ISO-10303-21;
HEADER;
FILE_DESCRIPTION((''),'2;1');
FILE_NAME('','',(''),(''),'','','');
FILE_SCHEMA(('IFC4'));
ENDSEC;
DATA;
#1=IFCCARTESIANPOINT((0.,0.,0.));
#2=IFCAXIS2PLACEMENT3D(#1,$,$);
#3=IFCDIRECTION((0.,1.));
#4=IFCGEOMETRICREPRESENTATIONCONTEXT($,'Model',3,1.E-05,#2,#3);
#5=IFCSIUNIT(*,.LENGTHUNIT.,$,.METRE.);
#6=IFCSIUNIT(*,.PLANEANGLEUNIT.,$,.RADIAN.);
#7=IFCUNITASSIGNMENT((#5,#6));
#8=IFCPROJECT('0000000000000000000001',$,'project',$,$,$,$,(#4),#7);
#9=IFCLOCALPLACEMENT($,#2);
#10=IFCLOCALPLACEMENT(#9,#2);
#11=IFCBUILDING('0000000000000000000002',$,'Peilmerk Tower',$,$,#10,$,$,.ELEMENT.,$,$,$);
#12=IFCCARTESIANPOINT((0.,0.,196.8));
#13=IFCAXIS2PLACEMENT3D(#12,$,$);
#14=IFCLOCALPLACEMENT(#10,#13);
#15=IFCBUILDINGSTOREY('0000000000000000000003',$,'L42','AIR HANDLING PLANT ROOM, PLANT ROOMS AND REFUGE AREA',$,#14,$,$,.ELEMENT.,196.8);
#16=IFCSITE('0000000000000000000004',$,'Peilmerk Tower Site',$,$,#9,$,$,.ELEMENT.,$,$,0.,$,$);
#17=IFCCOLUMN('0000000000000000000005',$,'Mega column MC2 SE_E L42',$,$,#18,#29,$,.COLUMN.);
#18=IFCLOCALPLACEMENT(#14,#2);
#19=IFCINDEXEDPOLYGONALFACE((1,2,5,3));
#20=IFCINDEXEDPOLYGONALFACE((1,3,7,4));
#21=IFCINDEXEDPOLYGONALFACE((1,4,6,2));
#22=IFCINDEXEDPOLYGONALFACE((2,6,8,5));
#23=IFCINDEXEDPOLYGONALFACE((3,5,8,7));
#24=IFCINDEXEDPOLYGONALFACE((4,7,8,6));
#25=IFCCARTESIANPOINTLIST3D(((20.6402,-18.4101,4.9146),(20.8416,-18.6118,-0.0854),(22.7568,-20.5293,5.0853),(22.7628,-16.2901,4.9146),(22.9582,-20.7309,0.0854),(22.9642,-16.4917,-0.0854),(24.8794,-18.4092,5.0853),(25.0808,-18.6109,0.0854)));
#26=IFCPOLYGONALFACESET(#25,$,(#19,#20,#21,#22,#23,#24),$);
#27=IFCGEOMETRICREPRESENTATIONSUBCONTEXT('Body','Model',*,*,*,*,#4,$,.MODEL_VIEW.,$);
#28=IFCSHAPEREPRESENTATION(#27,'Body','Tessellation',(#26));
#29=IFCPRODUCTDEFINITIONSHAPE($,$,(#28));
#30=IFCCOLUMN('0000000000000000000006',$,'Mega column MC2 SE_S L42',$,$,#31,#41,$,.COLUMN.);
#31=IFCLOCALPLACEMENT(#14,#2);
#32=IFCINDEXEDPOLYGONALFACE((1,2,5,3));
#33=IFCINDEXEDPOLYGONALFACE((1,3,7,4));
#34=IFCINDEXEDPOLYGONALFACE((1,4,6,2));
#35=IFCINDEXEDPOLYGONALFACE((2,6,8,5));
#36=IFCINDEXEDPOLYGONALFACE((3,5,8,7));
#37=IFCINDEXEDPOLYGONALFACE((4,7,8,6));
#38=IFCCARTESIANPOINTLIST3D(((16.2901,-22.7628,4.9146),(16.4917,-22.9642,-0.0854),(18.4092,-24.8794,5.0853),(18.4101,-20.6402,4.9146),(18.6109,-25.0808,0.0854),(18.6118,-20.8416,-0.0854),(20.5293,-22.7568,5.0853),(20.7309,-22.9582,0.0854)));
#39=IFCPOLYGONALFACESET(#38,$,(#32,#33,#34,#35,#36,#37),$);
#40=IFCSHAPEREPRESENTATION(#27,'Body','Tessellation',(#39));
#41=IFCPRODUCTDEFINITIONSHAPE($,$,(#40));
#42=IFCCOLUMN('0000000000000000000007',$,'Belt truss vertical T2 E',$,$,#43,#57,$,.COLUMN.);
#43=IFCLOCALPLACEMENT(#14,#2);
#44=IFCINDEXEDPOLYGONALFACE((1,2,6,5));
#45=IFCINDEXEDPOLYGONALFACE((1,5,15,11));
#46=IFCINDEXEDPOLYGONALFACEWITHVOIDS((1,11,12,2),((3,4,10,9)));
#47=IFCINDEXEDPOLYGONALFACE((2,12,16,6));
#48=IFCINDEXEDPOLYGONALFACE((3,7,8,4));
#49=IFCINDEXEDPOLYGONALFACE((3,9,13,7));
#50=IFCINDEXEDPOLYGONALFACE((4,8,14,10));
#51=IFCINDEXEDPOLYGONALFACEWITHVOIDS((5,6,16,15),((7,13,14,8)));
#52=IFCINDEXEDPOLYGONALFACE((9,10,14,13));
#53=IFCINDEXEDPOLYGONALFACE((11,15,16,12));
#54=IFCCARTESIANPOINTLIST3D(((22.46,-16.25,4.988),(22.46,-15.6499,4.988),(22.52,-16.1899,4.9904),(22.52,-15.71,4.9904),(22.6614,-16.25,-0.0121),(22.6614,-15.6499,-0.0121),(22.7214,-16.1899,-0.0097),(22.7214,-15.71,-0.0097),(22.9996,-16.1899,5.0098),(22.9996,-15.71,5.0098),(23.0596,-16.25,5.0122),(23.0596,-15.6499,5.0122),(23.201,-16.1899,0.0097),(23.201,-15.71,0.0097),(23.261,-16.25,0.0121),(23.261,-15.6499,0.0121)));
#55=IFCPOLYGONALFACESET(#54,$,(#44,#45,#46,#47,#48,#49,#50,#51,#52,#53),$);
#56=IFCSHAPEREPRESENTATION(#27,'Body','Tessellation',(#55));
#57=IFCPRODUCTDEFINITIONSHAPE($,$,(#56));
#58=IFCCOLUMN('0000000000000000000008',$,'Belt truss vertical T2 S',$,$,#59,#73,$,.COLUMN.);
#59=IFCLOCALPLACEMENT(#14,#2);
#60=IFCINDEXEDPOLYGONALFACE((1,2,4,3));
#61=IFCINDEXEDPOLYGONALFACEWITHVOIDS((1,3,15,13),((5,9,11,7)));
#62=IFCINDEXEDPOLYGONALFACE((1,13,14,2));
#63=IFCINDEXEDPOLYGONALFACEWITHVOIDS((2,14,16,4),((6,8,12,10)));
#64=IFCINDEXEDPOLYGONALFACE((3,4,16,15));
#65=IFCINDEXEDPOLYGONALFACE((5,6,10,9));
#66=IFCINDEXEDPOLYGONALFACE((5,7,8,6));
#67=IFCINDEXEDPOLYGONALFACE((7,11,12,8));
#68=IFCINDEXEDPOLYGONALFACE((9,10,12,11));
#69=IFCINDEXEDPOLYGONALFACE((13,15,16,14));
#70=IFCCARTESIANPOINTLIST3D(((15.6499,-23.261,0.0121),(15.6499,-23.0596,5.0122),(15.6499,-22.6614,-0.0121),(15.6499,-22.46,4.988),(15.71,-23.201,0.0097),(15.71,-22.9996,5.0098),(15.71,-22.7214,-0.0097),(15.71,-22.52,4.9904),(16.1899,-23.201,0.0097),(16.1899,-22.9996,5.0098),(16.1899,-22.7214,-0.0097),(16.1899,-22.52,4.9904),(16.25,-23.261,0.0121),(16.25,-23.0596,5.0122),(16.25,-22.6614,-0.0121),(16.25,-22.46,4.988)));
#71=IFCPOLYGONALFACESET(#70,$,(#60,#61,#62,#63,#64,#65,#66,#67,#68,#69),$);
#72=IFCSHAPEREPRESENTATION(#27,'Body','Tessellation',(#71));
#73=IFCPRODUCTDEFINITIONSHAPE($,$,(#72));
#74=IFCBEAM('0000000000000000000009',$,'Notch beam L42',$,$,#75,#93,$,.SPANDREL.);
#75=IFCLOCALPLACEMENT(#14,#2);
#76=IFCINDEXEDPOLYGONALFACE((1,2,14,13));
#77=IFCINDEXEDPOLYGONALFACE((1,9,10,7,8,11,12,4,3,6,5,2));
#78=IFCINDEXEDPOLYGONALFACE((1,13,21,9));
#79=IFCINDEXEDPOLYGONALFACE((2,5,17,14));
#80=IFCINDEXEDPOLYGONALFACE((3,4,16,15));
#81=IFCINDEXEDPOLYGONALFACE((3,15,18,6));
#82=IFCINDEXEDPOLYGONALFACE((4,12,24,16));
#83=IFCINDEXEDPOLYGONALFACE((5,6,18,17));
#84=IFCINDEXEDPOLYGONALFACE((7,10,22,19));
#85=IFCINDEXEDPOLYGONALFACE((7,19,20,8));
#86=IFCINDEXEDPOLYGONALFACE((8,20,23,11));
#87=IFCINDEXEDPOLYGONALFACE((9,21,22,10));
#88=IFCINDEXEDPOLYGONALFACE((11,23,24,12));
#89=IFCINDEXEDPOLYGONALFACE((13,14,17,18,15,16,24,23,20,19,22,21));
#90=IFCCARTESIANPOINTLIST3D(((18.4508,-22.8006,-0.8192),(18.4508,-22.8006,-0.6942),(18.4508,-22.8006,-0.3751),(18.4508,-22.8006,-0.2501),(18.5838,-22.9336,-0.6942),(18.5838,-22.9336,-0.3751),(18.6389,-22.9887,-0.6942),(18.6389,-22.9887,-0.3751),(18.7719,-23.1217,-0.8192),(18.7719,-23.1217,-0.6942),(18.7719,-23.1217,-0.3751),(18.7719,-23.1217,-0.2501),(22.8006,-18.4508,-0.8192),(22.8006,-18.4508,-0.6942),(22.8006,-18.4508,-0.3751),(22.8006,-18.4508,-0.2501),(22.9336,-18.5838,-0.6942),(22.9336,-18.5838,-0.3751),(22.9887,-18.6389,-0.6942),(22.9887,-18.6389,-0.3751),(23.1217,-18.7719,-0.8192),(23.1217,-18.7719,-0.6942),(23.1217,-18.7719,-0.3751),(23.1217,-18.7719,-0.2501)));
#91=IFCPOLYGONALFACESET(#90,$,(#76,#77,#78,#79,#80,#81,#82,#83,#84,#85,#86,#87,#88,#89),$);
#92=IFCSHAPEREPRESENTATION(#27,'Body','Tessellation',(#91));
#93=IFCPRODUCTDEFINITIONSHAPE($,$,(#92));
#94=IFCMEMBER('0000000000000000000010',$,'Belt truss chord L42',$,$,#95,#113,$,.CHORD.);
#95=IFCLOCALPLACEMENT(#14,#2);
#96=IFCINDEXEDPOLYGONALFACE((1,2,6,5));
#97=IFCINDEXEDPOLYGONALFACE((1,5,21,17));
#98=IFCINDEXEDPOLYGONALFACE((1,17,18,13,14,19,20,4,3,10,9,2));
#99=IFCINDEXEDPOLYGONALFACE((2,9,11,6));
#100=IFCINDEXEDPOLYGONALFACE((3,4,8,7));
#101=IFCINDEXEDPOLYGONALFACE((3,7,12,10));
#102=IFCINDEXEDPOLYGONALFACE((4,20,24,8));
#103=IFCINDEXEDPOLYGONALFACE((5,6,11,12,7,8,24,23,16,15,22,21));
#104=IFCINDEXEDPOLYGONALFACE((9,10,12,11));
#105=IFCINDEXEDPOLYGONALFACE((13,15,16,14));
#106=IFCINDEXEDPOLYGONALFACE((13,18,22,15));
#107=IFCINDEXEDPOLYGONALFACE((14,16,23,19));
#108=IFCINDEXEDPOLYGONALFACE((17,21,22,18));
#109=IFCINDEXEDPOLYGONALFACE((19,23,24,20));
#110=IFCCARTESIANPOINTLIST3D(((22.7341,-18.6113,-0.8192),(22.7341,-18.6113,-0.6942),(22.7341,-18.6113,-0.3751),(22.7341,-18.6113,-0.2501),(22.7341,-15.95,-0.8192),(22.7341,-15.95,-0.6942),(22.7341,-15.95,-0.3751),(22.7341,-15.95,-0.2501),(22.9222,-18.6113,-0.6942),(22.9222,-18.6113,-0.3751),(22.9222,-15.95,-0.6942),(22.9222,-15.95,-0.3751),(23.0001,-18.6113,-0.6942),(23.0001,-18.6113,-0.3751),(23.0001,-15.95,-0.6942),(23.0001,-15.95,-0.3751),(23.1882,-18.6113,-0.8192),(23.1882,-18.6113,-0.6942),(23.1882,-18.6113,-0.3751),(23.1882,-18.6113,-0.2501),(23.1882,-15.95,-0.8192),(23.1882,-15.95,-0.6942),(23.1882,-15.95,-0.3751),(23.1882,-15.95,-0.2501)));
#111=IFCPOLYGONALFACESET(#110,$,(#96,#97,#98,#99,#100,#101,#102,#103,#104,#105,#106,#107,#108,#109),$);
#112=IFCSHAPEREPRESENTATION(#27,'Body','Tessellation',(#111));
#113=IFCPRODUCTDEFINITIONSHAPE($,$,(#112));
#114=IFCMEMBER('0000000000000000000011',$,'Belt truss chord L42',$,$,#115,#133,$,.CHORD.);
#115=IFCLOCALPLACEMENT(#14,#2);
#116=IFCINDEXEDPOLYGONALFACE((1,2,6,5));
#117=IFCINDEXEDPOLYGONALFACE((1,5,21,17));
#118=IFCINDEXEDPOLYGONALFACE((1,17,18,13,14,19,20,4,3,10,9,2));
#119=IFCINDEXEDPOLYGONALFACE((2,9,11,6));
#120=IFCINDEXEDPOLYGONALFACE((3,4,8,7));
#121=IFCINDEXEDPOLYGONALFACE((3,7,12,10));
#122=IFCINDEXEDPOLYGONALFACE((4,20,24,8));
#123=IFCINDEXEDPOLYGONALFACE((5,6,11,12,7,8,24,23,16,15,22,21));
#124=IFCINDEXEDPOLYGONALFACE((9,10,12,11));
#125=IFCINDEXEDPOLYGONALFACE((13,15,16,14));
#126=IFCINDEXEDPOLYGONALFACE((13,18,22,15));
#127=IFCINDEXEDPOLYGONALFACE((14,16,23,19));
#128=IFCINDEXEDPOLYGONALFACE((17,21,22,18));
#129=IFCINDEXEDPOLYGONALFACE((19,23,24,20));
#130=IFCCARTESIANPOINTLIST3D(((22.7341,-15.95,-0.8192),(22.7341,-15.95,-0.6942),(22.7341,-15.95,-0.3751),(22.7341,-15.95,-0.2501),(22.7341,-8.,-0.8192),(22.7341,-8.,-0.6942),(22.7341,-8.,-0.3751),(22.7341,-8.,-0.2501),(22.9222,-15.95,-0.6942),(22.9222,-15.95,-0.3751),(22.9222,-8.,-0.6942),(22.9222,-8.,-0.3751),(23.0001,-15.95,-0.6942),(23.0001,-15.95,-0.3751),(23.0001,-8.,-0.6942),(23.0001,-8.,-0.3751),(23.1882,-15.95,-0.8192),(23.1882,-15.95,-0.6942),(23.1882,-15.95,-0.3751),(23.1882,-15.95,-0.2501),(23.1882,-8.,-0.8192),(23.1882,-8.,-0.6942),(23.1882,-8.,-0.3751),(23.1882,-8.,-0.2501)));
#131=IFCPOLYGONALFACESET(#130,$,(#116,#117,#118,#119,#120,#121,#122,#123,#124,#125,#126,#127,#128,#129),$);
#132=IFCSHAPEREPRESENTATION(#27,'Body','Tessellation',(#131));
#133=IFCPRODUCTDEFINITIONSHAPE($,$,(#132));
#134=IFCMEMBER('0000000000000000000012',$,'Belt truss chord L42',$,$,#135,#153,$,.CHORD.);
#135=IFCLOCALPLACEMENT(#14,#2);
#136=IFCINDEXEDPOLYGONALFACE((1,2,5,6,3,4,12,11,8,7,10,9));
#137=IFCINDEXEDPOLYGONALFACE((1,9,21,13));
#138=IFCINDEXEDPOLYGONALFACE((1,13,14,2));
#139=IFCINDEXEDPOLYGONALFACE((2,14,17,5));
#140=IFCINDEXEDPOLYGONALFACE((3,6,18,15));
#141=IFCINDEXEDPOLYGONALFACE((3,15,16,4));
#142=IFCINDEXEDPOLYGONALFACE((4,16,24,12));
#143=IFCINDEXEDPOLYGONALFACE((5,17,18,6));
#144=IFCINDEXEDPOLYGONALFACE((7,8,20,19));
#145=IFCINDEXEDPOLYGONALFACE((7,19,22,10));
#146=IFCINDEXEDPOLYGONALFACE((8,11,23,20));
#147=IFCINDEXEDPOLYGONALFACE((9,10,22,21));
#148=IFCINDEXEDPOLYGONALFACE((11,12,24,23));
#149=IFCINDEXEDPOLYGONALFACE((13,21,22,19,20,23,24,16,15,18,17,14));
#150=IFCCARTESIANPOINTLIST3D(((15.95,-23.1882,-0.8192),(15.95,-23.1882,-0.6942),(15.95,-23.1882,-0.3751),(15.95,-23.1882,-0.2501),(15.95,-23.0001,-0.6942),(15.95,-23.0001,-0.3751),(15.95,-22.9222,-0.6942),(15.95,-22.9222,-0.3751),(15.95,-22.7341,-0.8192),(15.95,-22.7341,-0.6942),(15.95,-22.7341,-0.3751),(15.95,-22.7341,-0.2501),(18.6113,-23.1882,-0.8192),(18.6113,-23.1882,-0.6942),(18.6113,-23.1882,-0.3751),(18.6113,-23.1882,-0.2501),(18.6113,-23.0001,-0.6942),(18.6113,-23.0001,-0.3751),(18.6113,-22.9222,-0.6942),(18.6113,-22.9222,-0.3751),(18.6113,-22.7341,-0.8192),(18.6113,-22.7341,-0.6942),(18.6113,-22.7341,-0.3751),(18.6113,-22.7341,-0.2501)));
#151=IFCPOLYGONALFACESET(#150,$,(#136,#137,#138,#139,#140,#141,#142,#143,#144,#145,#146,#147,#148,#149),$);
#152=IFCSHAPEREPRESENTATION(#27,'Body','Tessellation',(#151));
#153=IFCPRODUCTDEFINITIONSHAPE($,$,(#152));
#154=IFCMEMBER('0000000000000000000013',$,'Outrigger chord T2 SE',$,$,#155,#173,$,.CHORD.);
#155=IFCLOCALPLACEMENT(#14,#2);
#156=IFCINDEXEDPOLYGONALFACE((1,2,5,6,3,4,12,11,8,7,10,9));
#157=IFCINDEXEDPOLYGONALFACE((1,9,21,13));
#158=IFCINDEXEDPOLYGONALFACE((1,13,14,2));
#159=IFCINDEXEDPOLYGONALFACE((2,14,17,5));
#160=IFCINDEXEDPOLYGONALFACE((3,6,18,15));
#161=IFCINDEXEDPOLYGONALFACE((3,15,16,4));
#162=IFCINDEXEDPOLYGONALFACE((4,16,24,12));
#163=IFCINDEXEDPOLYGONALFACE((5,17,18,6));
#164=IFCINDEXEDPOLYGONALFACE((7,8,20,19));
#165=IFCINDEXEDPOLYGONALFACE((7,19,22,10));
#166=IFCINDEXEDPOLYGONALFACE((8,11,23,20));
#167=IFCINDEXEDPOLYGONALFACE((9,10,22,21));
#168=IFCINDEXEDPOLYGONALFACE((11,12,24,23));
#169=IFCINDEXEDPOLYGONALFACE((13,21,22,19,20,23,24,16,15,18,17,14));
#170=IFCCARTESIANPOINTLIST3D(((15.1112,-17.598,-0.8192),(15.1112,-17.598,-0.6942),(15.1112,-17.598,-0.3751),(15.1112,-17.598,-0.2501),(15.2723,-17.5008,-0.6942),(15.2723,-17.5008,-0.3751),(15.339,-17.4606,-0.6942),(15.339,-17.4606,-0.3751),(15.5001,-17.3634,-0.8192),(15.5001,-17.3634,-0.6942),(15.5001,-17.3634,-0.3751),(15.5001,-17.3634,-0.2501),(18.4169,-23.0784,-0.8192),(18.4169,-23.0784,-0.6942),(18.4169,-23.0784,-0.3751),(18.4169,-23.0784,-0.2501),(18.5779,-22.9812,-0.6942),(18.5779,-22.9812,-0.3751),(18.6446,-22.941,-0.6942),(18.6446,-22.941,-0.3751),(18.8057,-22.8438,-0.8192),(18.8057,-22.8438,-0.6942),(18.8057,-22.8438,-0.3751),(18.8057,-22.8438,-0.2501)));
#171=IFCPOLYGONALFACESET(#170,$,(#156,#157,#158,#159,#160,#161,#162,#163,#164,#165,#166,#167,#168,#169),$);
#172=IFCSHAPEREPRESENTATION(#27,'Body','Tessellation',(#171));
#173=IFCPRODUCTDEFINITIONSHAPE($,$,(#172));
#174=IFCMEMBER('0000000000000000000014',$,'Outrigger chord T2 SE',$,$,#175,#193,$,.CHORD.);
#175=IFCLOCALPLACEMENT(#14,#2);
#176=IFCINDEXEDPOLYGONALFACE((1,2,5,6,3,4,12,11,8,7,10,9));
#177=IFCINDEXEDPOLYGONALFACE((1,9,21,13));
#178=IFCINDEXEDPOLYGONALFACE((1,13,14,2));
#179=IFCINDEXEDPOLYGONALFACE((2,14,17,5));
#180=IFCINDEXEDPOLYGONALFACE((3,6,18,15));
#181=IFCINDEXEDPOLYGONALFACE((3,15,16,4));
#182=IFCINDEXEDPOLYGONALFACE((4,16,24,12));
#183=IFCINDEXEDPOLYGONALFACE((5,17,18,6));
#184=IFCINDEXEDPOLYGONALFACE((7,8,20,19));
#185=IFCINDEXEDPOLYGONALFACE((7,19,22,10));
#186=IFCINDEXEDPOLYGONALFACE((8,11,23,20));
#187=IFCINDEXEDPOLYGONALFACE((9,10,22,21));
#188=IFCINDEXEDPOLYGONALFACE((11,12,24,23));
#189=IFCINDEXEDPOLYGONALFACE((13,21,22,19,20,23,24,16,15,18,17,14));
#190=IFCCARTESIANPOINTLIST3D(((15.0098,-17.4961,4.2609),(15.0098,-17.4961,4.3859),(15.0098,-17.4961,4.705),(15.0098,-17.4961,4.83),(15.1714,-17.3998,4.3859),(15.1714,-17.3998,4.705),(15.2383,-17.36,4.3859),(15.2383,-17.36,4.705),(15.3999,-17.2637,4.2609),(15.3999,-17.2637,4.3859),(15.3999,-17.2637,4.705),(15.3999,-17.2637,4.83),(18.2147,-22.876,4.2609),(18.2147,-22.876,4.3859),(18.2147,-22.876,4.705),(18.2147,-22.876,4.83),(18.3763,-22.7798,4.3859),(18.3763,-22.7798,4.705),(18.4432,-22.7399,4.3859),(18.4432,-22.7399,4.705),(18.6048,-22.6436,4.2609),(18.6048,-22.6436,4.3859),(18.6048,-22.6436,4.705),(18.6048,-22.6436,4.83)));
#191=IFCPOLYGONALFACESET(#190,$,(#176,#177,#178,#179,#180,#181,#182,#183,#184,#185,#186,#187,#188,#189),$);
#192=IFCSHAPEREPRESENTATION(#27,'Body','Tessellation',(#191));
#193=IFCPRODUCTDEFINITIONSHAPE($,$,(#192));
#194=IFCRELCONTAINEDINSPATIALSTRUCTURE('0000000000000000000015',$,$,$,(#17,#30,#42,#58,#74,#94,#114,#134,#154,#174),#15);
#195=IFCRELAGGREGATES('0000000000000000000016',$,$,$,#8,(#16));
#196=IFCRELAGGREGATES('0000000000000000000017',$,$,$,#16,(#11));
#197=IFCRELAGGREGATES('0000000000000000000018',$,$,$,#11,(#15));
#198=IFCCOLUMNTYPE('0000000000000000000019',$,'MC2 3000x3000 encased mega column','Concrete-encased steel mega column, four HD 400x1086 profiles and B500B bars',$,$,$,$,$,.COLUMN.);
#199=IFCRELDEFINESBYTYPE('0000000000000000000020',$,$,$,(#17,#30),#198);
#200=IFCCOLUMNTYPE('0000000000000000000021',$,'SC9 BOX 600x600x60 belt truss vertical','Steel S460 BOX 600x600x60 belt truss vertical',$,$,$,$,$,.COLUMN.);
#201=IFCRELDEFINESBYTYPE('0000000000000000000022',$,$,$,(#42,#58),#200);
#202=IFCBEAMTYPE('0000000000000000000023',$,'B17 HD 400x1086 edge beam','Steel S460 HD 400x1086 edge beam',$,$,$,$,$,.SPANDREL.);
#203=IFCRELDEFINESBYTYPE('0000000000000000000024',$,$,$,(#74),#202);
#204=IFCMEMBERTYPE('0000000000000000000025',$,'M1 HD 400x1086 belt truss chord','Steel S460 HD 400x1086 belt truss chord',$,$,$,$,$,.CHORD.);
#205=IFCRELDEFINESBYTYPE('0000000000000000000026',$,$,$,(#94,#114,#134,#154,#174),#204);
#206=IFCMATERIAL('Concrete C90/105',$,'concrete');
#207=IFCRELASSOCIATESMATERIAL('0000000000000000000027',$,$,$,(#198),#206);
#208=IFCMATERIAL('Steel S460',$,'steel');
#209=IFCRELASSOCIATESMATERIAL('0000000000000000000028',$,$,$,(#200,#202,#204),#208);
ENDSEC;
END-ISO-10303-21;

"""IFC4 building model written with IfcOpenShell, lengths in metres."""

from ifc_helpers import new_model, si_unit, direction, frame, origin, origin_2d, place, context, subcontext, project, spatial, rectangle, hollow_rectangle, i_section, extrude, material, material_profile, profile_set, type_object, element, save


model = new_model("IFC4")

# Units and contexts
model_context = context("Model", 3, precision=1e-05, world=origin(), true_north=direction((0.0, 1.0)))
body_context = subcontext(model_context, "Body", "Model", "MODEL_VIEW")
ifc_project = project(units=[si_unit("LENGTHUNIT", "METRE"), si_unit("PLANEANGLEUNIT", "RADIAN")], contexts=[model_context])

# Site, building, storey
site_placement = place(None, origin())
site = spatial("IfcSite", under=ifc_project, at=site_placement, Name="Peilmerk Tower Site", CompositionType="ELEMENT", RefElevation=0.0)
building_placement = place(site_placement, origin())
building = spatial("IfcBuilding", under=site, at=building_placement, Name="Peilmerk Tower", CompositionType="ELEMENT")
storey_placement = place(building_placement, frame((0.0, 0.0, 196.8)))
storey = spatial("IfcBuildingStorey", under=building, at=storey_placement, Name="L42", Description="AIR HANDLING PLANT ROOM, PLANT ROOMS AND REFUGE AREA", CompositionType="ELEMENT", Elevation=196.8)

# Columns
ifc_material_1 = material(Name="Concrete C90/105", Category="concrete")
ifc_material_profile_1 = material_profile(ifc_material_1, rectangle(XDim=3.0, YDim=3.0, at=origin_2d()), Name="RC 3000x3000")
ifc_profile_set_1 = profile_set([ifc_material_profile_1], Name="Concrete C90/105")
column_type_1 = type_object("IfcColumnType", Name="MC2 3000x3000 encased mega column", Description="Concrete-encased steel mega column, four HD 400x1086 profiles and B500B bars", PredefinedType="COLUMN", material=ifc_profile_set_1)
for number, where, z_axis, x_axis, name in (
    (1, (22.9612, -18.6113, 0.0), (-0.040218, 0.040267, 0.998379), (-0.707535, -0.706678, 0.0), "Mega column MC2 SE_E L42"),
    (2, (18.6113, -22.9612, 0.0), (-0.040267, 0.040218, 0.998379), (-0.706678, -0.707535, 0.0), "Mega column MC2 SE_S L42"),
):
    element("IfcColumn", number, at=place(storey_placement, frame(where, z_axis=z_axis, x_axis=x_axis)), inside=storey, type_object=column_type_1, Name=name, PredefinedType="COLUMN", context=body_context, shape_type="SweptSolid", body=[
        extrude(rectangle(XDim=3.0, YDim=3.0, at=origin_2d()), origin(), (0.0, 0.0, 1.0), 5.0081),
    ])
ifc_material_2 = material(Name="Steel S460", Category="steel")
ifc_material_profile_2 = material_profile(ifc_material_2, hollow_rectangle(XDim=0.6001, YDim=0.6001, WallThickness=0.0601, at=origin_2d()), Name="BOX 600x600x60")
ifc_profile_set_2 = profile_set([ifc_material_profile_2], Name="Steel S460")
column_type_2 = type_object("IfcColumnType", Name="SC9 BOX 600x600x60 belt truss vertical", Description="Steel S460 BOX 600x600x60 belt truss vertical", PredefinedType="COLUMN", material=ifc_profile_set_2)
for number, where, z_axis, x_axis, name in (
    (3, (22.9612, -15.95, 0.0), (-0.040251, 0.0, 0.99919), (0.0, -1.0, 0.0), "Belt truss vertical T2 E"),
    (4, (15.95, -22.9612, 0.0), (0.0, 0.040251, 0.99919), (-1.0, 0.0, 0.0), "Belt truss vertical T2 S"),
):
    element("IfcColumn", number, at=place(storey_placement, frame(where, z_axis=z_axis, x_axis=x_axis)), inside=storey, type_object=column_type_2, Name=name, PredefinedType="COLUMN", context=body_context, shape_type="SweptSolid", body=[
        extrude(hollow_rectangle(XDim=0.6001, YDim=0.6001, WallThickness=0.0601, at=origin_2d()), origin(), (0.0, 0.0, 1.0), 5.0042),
    ])

# Beam
ifc_material_profile_3 = material_profile(ifc_material_2, i_section(OverallWidth=0.4541, OverallDepth=0.5691, WebThickness=0.0779, FlangeThickness=0.125, at=origin_2d()), Name="HD 400x1086")
ifc_profile_set_3 = profile_set([ifc_material_profile_3], Name="Steel S460")
beam_type = type_object("IfcBeamType", Name="B17 HD 400x1086 edge beam", Description="Steel S460 HD 400x1086 edge beam", PredefinedType="SPANDREL", material=ifc_profile_set_3)
beam_placement = place(storey_placement, frame((22.9612, -18.6113, -0.5347), z_axis=(-0.707107, -0.707107, 0.0), x_axis=(0.707107, -0.707107, 0.0)))
element("IfcBeam", 5, at=beam_placement, inside=storey, type_object=beam_type, Name="Notch beam L42", PredefinedType="SPANDREL", context=body_context, shape_type="SweptSolid", body=[
    extrude(i_section(OverallWidth=0.4541, OverallDepth=0.5691, WebThickness=0.0779, FlangeThickness=0.125, at=origin_2d()), origin(), (0.0, 0.0, 1.0), 6.1516),
])

# Members
ifc_material_profile_4 = material_profile(ifc_material_2, i_section(OverallWidth=0.4541, OverallDepth=0.5691, WebThickness=0.0779, FlangeThickness=0.125, at=origin_2d()), Name="HD 400x1086")
ifc_profile_set_4 = profile_set([ifc_material_profile_4], Name="Steel S460")
member_type_1 = type_object("IfcMemberType", Name="M1 HD 400x1086 belt truss chord", Description="Steel S460 HD 400x1086 belt truss chord", PredefinedType="CHORD", material=ifc_profile_set_4)
member_1_placement = place(storey_placement, frame((22.9612, -18.6113, -0.5347), z_axis=(0.0, 1.0, 0.0), x_axis=(-1.0, 0.0, 0.0)))
element("IfcMember", 6, at=member_1_placement, inside=storey, type_object=member_type_1, Name="Belt truss chord L42", PredefinedType="CHORD", context=body_context, shape_type="SweptSolid", body=[
    extrude(i_section(OverallWidth=0.4541, OverallDepth=0.5691, WebThickness=0.0779, FlangeThickness=0.125, at=origin_2d()), origin(), (0.0, 0.0, 1.0), 2.6614),
])
member_2_placement = place(storey_placement, frame((22.9612, -15.95, -0.5347), z_axis=(0.0, 1.0, 0.0), x_axis=(-1.0, 0.0, 0.0)))
element("IfcMember", 7, at=member_2_placement, inside=storey, type_object=member_type_1, Name="Belt truss chord L42", PredefinedType="CHORD", context=body_context, shape_type="SweptSolid", body=[
    extrude(i_section(OverallWidth=0.4541, OverallDepth=0.5691, WebThickness=0.0779, FlangeThickness=0.125, at=origin_2d()), origin(), (0.0, 0.0, 1.0), 7.95),
])
member_3_placement = place(storey_placement, frame((15.95, -22.9612, -0.5347), z_axis=(1.0, 0.0, 0.0), x_axis=(0.0, 1.0, 0.0)))
element("IfcMember", 8, at=member_3_placement, inside=storey, type_object=member_type_1, Name="Belt truss chord L42", PredefinedType="CHORD", context=body_context, shape_type="SweptSolid", body=[
    extrude(i_section(OverallWidth=0.4541, OverallDepth=0.5691, WebThickness=0.0779, FlangeThickness=0.125, at=origin_2d()), origin(), (0.0, 0.0, 1.0), 2.6614),
])
member_4_placement = place(storey_placement, frame((15.3057, -17.4807, -0.5347), z_axis=(0.516491, -0.856292, 0.0), x_axis=(0.856292, 0.516491, 0.0)))
element("IfcMember", 9, at=member_4_placement, inside=storey, type_object=member_type_1, Name="Outrigger chord T2 SE", PredefinedType="CHORD", context=body_context, shape_type="SweptSolid", body=[
    extrude(i_section(OverallWidth=0.4541, OverallDepth=0.5691, WebThickness=0.0779, FlangeThickness=0.125, at=origin_2d()), origin(), (0.0, 0.0, 1.0), 6.4001),
])
member_5_placement = place(storey_placement, frame((15.2048, -17.3799, 4.5454), z_axis=(0.511781, -0.859116, 0.0), x_axis=(0.859116, 0.511781, 0.0)))
element("IfcMember", 10, at=member_5_placement, inside=storey, type_object=member_type_1, Name="Outrigger chord T2 SE", PredefinedType="CHORD", context=body_context, shape_type="SweptSolid", body=[
    extrude(i_section(OverallWidth=0.4541, OverallDepth=0.5691, WebThickness=0.0779, FlangeThickness=0.125, at=origin_2d()), origin(), (0.0, 0.0, 1.0), 6.2622),
])

save(model, "model.ifc")
